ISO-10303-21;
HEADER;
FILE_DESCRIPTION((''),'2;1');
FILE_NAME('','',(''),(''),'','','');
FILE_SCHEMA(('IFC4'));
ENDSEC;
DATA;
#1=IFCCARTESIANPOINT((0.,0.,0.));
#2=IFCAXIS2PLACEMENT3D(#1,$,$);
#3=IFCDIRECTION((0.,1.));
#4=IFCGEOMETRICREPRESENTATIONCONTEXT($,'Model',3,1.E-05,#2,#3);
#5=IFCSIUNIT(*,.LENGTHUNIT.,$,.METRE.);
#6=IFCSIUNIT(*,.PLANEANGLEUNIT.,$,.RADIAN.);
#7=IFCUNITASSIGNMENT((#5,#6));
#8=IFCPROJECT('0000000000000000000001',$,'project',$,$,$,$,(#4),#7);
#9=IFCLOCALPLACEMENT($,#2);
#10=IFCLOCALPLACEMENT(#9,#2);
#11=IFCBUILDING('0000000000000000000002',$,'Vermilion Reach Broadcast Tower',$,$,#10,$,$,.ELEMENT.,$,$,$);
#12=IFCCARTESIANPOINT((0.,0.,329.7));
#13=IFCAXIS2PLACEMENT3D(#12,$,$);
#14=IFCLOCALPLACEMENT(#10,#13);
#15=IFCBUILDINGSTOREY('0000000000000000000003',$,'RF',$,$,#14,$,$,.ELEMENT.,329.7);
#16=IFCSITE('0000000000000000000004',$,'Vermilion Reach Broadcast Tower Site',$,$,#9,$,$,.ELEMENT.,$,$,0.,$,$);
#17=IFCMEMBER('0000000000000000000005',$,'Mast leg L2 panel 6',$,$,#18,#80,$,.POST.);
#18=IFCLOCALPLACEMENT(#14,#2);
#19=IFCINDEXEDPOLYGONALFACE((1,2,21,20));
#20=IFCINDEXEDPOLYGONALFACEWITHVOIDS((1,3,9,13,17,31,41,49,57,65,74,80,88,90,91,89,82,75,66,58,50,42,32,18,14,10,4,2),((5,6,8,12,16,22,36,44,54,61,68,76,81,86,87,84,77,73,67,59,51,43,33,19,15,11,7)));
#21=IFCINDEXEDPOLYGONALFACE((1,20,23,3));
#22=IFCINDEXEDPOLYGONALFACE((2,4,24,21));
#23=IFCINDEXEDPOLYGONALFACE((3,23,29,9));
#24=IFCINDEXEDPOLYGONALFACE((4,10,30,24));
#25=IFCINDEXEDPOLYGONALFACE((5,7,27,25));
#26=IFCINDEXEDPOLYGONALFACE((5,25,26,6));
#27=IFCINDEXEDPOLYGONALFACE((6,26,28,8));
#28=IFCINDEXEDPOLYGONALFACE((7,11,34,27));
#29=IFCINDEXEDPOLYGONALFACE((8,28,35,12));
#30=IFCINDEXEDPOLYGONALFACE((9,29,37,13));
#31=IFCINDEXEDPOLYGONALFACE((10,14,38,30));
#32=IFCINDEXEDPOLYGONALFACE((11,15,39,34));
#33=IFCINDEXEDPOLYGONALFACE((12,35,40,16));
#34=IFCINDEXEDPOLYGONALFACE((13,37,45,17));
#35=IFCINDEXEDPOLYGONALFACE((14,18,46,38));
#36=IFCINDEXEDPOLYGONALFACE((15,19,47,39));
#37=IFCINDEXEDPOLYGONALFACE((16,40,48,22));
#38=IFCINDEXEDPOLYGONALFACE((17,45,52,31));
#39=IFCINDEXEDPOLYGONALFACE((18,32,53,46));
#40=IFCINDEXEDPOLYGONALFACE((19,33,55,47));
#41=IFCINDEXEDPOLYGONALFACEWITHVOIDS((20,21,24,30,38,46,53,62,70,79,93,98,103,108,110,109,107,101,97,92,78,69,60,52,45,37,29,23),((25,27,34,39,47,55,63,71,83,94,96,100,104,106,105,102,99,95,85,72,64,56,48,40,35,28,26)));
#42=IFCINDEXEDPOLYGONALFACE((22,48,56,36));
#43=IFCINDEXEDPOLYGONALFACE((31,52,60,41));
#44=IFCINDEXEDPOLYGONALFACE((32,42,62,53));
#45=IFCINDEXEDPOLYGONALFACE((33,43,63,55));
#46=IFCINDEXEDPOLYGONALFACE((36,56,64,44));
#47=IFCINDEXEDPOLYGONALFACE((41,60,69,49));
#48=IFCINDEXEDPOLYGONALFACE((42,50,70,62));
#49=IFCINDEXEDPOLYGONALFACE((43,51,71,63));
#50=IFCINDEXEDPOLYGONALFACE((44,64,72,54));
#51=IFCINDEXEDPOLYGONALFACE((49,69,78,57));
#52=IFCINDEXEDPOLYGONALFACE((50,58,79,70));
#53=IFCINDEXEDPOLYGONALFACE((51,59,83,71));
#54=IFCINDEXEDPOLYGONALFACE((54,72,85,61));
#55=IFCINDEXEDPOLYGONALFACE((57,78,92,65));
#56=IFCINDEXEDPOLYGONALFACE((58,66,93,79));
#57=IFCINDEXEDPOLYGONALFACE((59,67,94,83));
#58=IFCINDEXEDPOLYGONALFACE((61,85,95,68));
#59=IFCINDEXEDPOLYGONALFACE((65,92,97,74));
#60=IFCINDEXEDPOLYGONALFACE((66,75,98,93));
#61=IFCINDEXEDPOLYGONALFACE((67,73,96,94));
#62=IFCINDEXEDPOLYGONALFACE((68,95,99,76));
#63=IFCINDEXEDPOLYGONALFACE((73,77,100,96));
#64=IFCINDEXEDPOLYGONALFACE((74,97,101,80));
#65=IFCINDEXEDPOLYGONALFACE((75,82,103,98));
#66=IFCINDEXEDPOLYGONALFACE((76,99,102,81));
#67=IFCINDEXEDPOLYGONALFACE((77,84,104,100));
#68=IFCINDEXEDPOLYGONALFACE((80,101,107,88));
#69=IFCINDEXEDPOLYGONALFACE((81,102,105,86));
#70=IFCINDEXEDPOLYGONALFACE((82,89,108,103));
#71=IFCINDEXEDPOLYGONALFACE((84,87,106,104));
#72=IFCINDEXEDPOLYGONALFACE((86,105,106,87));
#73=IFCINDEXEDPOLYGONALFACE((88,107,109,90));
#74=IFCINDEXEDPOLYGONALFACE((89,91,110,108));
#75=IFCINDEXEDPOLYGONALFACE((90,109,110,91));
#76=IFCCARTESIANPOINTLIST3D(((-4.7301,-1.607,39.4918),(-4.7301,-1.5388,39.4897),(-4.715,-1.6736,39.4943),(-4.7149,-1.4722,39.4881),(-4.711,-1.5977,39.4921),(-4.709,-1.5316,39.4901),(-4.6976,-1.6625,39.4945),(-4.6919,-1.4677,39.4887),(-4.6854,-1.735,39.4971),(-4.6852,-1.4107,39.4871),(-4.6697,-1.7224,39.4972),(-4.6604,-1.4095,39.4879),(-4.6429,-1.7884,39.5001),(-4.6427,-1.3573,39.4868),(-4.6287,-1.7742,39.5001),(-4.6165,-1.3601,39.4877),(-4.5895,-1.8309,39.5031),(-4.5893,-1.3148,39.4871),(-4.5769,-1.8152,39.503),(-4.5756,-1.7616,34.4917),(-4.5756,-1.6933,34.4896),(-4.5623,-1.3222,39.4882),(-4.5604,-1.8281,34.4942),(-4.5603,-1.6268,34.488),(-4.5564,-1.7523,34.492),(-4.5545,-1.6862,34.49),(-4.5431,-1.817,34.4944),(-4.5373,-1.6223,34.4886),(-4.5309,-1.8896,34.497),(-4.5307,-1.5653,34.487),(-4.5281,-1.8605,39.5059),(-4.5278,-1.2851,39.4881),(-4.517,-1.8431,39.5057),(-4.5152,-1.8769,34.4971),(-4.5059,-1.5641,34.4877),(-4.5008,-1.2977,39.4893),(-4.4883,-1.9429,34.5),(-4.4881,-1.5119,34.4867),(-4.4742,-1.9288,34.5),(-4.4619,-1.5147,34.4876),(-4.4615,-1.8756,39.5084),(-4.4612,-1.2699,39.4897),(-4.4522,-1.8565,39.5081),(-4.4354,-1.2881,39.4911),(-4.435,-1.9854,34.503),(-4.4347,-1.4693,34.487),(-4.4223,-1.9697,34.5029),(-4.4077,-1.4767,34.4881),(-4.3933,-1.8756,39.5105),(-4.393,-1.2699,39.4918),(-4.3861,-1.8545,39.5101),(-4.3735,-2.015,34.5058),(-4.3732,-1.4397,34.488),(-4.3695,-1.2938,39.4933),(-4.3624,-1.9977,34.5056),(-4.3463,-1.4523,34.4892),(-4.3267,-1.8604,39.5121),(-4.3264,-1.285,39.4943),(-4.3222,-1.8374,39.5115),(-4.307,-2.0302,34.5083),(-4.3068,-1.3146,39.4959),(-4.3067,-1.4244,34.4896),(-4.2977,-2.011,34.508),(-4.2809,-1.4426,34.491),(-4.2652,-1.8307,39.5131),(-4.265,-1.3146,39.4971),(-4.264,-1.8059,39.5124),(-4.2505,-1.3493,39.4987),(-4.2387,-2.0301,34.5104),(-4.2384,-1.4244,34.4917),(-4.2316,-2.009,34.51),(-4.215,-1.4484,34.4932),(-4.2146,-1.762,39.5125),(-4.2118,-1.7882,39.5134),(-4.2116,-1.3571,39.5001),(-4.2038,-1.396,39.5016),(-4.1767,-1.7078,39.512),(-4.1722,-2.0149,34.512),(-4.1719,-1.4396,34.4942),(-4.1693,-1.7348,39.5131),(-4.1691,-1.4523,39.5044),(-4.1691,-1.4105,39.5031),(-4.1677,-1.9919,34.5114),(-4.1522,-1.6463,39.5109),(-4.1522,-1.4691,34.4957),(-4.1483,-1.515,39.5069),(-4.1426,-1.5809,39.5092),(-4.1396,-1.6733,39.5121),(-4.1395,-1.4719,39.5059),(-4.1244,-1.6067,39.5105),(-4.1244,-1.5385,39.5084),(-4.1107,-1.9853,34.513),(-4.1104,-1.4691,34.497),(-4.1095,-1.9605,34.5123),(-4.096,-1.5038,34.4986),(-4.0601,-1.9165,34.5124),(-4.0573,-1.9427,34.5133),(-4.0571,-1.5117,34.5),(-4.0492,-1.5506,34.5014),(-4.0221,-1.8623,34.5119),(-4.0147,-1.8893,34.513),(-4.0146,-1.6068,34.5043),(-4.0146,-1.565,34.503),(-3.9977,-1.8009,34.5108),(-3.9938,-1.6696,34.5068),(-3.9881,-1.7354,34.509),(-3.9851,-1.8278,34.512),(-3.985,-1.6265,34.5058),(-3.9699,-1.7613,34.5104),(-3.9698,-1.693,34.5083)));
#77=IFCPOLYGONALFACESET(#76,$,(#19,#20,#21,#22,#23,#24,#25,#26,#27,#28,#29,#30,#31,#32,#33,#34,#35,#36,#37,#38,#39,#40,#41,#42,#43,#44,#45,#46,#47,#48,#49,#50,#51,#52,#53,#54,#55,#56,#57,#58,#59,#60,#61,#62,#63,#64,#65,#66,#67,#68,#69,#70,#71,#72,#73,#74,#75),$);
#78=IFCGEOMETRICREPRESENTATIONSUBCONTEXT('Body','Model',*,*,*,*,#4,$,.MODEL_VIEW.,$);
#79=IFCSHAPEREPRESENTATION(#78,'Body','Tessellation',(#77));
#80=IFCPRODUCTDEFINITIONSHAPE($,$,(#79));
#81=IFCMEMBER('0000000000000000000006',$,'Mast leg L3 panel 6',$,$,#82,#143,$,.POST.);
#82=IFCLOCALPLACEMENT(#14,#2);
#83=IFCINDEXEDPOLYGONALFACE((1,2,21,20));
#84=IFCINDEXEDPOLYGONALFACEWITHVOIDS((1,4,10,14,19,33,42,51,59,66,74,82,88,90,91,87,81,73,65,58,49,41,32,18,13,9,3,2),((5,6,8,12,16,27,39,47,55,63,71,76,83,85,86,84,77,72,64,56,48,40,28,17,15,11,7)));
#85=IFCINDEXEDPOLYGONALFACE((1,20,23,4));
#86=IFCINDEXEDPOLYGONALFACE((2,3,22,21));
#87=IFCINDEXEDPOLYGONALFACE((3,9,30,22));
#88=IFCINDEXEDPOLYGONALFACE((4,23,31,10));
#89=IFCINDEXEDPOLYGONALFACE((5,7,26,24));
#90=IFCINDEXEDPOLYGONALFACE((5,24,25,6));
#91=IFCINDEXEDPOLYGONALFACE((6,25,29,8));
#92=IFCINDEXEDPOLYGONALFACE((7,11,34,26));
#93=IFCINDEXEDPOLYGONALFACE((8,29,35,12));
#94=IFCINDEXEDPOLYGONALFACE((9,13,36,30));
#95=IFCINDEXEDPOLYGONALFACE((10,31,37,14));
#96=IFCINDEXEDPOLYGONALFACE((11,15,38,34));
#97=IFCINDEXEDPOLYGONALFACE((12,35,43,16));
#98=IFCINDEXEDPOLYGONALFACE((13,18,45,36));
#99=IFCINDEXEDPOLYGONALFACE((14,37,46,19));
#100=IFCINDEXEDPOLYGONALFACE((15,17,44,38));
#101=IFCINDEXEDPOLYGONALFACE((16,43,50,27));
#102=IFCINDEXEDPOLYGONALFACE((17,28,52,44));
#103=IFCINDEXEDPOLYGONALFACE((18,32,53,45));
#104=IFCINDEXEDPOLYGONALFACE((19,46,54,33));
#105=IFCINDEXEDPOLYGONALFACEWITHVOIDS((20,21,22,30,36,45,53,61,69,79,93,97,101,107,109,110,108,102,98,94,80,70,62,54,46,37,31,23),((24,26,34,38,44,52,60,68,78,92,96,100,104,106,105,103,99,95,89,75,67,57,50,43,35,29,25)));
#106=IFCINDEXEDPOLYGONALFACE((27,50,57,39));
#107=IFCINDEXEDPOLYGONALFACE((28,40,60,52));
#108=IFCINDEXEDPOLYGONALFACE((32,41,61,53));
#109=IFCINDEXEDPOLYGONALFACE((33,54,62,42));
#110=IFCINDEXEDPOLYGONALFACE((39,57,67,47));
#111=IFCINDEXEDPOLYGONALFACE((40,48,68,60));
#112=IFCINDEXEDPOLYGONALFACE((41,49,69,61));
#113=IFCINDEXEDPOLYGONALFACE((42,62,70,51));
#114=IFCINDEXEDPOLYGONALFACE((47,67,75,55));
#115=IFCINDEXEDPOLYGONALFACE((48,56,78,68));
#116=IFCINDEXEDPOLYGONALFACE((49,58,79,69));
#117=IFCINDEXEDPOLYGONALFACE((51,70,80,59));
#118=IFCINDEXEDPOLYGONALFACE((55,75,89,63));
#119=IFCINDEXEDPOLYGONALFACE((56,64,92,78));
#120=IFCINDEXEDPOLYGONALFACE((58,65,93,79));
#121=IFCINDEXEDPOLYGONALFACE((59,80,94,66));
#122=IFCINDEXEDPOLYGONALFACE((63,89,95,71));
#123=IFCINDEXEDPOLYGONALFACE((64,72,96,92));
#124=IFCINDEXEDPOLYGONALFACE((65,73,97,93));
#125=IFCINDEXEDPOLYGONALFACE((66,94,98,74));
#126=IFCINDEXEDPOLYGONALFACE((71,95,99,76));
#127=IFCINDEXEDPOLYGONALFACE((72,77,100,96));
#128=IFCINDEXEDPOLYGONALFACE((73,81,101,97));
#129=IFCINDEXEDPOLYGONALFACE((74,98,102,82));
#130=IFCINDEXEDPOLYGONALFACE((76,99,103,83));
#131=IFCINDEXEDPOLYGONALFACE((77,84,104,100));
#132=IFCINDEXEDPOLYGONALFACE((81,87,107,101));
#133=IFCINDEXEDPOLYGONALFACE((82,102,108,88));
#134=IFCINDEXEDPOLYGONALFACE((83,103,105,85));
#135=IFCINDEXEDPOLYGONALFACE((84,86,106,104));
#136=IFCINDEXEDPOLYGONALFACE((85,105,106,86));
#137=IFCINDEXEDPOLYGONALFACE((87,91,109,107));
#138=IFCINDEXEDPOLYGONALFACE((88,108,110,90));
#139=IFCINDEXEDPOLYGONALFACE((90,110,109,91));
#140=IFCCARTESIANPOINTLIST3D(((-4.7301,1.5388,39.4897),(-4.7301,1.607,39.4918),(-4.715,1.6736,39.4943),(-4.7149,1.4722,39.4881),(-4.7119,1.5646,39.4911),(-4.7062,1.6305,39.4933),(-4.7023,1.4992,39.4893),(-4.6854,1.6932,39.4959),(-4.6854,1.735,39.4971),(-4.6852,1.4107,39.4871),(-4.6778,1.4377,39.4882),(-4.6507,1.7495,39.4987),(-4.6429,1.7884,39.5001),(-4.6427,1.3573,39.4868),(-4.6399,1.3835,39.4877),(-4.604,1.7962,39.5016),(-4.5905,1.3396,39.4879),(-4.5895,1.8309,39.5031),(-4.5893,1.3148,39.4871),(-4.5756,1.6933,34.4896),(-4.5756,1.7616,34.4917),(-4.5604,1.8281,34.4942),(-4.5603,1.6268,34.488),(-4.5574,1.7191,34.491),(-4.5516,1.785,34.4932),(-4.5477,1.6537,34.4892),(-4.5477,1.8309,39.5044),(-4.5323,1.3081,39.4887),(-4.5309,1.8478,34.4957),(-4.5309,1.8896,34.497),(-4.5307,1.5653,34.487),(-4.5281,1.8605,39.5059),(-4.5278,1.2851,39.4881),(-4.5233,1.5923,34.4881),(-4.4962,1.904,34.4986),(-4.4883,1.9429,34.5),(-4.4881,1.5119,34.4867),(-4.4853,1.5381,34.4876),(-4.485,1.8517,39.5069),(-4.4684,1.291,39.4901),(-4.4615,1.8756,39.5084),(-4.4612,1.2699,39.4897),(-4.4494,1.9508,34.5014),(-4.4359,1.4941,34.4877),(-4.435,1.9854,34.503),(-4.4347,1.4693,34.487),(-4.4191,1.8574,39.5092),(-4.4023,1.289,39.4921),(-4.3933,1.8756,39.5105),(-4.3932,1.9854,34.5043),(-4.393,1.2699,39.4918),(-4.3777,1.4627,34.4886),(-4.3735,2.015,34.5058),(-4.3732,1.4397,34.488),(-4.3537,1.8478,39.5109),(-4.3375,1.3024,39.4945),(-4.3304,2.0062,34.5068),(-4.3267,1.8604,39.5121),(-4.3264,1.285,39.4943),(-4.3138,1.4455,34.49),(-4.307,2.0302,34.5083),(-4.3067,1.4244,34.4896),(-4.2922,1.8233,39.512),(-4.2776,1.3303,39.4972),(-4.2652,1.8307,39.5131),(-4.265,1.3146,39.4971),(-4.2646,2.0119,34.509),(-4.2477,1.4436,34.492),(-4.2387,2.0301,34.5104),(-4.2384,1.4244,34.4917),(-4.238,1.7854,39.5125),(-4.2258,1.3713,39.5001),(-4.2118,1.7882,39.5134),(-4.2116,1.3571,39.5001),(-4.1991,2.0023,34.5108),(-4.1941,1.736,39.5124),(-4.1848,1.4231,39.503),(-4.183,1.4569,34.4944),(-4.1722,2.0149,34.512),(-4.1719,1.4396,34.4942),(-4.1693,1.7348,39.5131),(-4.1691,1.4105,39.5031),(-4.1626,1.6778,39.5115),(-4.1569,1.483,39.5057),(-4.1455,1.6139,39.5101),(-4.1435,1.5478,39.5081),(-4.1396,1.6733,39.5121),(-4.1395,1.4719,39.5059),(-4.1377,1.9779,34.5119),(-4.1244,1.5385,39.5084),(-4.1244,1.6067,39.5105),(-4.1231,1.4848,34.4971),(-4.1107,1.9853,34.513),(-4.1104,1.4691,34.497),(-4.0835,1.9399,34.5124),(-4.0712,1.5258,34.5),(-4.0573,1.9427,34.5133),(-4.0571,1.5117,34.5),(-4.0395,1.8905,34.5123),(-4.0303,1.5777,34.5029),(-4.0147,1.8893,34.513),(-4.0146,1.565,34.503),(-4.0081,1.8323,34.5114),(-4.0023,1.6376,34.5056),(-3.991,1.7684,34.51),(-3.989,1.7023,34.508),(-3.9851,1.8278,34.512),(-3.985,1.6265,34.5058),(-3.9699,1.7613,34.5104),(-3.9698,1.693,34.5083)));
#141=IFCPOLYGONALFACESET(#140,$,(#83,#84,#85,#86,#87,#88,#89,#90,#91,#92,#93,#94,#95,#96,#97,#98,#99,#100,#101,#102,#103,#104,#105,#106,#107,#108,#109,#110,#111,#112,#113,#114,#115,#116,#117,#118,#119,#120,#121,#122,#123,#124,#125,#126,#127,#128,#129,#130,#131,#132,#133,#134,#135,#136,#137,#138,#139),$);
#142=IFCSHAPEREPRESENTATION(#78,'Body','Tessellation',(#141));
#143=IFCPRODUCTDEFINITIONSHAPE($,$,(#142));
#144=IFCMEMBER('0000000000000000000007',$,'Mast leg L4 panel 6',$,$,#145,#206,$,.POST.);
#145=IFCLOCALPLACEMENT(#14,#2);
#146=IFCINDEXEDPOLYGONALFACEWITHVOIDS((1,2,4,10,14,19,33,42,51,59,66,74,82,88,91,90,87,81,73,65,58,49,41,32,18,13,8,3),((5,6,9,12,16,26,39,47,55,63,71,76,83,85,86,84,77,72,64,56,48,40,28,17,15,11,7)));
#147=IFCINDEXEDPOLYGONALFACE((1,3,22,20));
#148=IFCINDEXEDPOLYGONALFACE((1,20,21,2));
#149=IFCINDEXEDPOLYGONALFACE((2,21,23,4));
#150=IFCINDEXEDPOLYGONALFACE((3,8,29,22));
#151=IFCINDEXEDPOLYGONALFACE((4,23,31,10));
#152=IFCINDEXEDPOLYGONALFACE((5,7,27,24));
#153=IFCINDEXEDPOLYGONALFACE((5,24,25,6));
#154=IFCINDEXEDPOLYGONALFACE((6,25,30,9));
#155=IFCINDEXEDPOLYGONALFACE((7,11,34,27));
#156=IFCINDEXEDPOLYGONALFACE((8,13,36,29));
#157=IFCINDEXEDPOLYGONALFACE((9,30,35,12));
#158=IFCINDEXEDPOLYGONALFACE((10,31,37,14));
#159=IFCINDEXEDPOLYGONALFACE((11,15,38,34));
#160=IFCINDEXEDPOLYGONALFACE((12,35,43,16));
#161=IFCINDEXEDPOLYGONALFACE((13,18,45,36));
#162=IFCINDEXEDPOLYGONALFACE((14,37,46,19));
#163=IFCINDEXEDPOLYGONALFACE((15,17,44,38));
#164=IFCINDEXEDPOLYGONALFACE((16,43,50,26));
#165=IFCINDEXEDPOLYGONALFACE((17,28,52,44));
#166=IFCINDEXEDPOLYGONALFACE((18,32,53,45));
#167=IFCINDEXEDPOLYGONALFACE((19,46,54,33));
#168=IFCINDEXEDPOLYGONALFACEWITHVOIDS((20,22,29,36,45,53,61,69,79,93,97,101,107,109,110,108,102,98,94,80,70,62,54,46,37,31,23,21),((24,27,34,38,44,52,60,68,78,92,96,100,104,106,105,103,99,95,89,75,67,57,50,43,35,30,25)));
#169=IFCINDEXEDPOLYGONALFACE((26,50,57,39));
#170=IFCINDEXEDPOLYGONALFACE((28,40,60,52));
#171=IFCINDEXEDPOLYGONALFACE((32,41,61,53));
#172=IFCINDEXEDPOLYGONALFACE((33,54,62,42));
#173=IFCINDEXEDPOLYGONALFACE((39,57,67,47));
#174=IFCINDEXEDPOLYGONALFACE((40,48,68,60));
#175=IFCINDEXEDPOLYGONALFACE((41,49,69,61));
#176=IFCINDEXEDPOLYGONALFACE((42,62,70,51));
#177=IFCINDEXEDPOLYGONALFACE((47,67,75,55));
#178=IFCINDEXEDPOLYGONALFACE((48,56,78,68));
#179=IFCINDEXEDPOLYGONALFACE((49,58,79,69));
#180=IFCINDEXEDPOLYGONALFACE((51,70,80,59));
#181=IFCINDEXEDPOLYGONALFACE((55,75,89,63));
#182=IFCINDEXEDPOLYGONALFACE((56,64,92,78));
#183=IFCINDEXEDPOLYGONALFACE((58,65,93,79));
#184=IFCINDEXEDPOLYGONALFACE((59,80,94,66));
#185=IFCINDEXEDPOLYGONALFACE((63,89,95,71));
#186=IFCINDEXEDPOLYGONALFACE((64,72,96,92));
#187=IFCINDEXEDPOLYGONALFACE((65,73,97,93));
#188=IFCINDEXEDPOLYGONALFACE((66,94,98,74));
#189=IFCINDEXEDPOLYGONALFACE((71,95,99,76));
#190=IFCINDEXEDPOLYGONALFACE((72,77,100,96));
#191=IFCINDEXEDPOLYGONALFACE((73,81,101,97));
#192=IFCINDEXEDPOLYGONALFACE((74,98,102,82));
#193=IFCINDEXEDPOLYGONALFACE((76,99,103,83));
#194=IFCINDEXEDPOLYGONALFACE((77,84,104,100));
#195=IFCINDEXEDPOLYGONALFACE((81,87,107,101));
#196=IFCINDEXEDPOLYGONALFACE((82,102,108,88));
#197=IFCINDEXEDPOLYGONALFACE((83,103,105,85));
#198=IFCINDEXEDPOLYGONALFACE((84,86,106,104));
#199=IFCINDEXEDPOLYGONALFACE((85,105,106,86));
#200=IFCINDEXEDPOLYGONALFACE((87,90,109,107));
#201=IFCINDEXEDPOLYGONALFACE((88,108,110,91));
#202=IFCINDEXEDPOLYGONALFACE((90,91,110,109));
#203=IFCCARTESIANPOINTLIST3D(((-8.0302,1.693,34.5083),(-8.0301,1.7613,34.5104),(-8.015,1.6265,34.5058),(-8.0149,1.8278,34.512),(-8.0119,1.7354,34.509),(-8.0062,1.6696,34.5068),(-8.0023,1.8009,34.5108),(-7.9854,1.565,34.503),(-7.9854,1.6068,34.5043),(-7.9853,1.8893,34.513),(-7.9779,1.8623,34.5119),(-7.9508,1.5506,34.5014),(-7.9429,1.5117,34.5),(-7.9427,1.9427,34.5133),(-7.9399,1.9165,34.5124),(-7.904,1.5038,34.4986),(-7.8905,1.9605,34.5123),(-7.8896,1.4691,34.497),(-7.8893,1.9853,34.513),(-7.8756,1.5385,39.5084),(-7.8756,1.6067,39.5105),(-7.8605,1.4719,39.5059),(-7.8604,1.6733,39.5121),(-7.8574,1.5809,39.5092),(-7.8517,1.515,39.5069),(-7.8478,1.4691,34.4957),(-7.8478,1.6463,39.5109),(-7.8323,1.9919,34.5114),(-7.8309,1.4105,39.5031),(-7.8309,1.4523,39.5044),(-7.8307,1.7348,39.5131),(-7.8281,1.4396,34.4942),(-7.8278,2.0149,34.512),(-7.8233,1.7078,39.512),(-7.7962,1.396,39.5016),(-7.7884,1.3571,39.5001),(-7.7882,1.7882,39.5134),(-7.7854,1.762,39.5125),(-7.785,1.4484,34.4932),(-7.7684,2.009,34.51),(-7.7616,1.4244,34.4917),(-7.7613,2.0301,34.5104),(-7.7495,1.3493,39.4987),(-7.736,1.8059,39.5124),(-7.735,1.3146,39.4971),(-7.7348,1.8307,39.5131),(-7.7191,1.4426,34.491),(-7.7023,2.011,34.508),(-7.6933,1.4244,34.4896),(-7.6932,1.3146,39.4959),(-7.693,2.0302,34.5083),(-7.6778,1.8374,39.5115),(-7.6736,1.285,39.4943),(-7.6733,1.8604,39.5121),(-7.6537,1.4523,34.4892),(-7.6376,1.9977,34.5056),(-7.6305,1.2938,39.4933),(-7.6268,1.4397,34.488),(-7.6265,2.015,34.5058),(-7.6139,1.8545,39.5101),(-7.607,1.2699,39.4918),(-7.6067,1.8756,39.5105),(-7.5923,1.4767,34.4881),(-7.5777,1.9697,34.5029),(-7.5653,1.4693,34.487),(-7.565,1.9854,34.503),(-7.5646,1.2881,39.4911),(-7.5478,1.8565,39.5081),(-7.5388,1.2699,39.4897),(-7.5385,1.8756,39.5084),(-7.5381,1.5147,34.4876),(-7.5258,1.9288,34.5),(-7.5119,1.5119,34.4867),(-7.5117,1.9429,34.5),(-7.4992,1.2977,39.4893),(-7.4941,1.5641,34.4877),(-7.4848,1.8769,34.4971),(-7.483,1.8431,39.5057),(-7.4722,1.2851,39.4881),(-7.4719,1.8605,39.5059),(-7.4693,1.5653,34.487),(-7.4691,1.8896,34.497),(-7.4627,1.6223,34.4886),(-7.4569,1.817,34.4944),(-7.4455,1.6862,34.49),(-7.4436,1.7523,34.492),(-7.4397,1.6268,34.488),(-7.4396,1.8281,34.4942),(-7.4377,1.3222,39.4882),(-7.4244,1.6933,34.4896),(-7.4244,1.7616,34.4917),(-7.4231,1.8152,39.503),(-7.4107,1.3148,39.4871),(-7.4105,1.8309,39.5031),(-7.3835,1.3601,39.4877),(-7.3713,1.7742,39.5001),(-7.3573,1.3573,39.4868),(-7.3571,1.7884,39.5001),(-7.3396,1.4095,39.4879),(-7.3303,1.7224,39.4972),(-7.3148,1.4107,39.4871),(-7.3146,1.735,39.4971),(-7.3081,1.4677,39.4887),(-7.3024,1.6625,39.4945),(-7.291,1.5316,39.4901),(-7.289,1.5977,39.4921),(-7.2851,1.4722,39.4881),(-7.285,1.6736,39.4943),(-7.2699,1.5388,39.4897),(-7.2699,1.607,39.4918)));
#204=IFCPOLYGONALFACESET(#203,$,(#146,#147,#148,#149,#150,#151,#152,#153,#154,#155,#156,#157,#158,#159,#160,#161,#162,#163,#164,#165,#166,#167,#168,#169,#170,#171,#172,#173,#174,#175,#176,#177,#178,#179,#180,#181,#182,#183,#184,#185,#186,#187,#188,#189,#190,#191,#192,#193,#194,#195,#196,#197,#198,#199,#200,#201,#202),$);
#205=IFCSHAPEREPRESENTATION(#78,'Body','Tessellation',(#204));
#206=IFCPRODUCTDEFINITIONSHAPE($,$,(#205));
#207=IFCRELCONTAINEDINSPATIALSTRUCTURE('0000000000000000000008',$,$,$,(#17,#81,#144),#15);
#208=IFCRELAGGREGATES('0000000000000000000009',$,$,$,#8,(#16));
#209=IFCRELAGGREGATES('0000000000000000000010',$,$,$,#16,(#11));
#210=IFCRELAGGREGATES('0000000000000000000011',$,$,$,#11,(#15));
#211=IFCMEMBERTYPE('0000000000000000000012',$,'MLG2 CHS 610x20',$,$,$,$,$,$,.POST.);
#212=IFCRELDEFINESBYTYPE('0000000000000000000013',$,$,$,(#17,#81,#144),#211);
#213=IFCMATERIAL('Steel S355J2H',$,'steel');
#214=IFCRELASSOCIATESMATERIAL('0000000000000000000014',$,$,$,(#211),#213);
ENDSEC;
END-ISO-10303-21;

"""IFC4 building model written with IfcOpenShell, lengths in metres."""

from ifc_helpers import new_model, si_unit, direction, frame, origin, origin_2d, place, context, subcontext, project, spatial, hollow_circle, extrude, material, material_profile, profile_set, type_object, element, save


model = new_model("IFC4")

# Units and contexts
model_context = context("Model", 3, precision=1e-05, world=origin(), true_north=direction((0.0, 1.0)))
body_context = subcontext(model_context, "Body", "Model", "MODEL_VIEW")
ifc_project = project(units=[si_unit("LENGTHUNIT", "METRE"), si_unit("PLANEANGLEUNIT", "RADIAN")], contexts=[model_context])

# Site, building, storey
site_placement = place(None, origin())
site = spatial("IfcSite", under=ifc_project, at=site_placement, Name="Vermilion Reach Broadcast Tower Site", CompositionType="ELEMENT", RefElevation=0.0)
building_placement = place(site_placement, origin())
building = spatial("IfcBuilding", under=site, at=building_placement, Name="Vermilion Reach Broadcast Tower", CompositionType="ELEMENT")
storey_placement = place(building_placement, frame((0.0, 0.0, 329.7)))
storey = spatial("IfcBuildingStorey", under=building, at=storey_placement, Name="RF", CompositionType="ELEMENT", Elevation=329.7)

# Members
ifc_material_1 = material(Name="Steel S355J2H", Category="steel")
ifc_material_profile_1 = material_profile(ifc_material_1, hollow_circle(Radius=0.3049, WallThickness=0.02, at=origin_2d()), Name="S355J2H CHS 610x20")
ifc_profile_set_1 = profile_set([ifc_material_profile_1], Name="Steel S355J2H")
member_type_1 = type_object("IfcMemberType", Name="MLG2 CHS 610x20", PredefinedType="POST", material=ifc_profile_set_1)
for number, where, z_axis, x_axis, name in (
    (1, (-4.2727, -1.7273, 34.5), (-0.030879, 0.030879, 0.999046), (-0.707107, -0.707107, 0.0), "Mast leg L2 panel 6"),
    (2, (-4.2727, 1.7273, 34.5), (-0.030879, -0.030879, 0.999046), (0.707107, -0.707107, 0.0), "Mast leg L3 panel 6"),
    (3, (-7.7273, 1.7273, 34.5), (0.030879, -0.030879, 0.999046), (0.707107, 0.707107, 0.0), "Mast leg L4 panel 6"),
):
    element("IfcMember", number, at=place(storey_placement, frame(where, z_axis=z_axis, x_axis=x_axis)), inside=storey, type_object=member_type_1, Name=name, PredefinedType="POST", context=body_context, shape_type="SweptSolid", body=[
        extrude(hollow_circle(Radius=0.3049, WallThickness=0.02, at=origin_2d()), origin(), (0.0, 0.0, 1.0), 5.0049),
    ])

save(model, "model.ifc")
